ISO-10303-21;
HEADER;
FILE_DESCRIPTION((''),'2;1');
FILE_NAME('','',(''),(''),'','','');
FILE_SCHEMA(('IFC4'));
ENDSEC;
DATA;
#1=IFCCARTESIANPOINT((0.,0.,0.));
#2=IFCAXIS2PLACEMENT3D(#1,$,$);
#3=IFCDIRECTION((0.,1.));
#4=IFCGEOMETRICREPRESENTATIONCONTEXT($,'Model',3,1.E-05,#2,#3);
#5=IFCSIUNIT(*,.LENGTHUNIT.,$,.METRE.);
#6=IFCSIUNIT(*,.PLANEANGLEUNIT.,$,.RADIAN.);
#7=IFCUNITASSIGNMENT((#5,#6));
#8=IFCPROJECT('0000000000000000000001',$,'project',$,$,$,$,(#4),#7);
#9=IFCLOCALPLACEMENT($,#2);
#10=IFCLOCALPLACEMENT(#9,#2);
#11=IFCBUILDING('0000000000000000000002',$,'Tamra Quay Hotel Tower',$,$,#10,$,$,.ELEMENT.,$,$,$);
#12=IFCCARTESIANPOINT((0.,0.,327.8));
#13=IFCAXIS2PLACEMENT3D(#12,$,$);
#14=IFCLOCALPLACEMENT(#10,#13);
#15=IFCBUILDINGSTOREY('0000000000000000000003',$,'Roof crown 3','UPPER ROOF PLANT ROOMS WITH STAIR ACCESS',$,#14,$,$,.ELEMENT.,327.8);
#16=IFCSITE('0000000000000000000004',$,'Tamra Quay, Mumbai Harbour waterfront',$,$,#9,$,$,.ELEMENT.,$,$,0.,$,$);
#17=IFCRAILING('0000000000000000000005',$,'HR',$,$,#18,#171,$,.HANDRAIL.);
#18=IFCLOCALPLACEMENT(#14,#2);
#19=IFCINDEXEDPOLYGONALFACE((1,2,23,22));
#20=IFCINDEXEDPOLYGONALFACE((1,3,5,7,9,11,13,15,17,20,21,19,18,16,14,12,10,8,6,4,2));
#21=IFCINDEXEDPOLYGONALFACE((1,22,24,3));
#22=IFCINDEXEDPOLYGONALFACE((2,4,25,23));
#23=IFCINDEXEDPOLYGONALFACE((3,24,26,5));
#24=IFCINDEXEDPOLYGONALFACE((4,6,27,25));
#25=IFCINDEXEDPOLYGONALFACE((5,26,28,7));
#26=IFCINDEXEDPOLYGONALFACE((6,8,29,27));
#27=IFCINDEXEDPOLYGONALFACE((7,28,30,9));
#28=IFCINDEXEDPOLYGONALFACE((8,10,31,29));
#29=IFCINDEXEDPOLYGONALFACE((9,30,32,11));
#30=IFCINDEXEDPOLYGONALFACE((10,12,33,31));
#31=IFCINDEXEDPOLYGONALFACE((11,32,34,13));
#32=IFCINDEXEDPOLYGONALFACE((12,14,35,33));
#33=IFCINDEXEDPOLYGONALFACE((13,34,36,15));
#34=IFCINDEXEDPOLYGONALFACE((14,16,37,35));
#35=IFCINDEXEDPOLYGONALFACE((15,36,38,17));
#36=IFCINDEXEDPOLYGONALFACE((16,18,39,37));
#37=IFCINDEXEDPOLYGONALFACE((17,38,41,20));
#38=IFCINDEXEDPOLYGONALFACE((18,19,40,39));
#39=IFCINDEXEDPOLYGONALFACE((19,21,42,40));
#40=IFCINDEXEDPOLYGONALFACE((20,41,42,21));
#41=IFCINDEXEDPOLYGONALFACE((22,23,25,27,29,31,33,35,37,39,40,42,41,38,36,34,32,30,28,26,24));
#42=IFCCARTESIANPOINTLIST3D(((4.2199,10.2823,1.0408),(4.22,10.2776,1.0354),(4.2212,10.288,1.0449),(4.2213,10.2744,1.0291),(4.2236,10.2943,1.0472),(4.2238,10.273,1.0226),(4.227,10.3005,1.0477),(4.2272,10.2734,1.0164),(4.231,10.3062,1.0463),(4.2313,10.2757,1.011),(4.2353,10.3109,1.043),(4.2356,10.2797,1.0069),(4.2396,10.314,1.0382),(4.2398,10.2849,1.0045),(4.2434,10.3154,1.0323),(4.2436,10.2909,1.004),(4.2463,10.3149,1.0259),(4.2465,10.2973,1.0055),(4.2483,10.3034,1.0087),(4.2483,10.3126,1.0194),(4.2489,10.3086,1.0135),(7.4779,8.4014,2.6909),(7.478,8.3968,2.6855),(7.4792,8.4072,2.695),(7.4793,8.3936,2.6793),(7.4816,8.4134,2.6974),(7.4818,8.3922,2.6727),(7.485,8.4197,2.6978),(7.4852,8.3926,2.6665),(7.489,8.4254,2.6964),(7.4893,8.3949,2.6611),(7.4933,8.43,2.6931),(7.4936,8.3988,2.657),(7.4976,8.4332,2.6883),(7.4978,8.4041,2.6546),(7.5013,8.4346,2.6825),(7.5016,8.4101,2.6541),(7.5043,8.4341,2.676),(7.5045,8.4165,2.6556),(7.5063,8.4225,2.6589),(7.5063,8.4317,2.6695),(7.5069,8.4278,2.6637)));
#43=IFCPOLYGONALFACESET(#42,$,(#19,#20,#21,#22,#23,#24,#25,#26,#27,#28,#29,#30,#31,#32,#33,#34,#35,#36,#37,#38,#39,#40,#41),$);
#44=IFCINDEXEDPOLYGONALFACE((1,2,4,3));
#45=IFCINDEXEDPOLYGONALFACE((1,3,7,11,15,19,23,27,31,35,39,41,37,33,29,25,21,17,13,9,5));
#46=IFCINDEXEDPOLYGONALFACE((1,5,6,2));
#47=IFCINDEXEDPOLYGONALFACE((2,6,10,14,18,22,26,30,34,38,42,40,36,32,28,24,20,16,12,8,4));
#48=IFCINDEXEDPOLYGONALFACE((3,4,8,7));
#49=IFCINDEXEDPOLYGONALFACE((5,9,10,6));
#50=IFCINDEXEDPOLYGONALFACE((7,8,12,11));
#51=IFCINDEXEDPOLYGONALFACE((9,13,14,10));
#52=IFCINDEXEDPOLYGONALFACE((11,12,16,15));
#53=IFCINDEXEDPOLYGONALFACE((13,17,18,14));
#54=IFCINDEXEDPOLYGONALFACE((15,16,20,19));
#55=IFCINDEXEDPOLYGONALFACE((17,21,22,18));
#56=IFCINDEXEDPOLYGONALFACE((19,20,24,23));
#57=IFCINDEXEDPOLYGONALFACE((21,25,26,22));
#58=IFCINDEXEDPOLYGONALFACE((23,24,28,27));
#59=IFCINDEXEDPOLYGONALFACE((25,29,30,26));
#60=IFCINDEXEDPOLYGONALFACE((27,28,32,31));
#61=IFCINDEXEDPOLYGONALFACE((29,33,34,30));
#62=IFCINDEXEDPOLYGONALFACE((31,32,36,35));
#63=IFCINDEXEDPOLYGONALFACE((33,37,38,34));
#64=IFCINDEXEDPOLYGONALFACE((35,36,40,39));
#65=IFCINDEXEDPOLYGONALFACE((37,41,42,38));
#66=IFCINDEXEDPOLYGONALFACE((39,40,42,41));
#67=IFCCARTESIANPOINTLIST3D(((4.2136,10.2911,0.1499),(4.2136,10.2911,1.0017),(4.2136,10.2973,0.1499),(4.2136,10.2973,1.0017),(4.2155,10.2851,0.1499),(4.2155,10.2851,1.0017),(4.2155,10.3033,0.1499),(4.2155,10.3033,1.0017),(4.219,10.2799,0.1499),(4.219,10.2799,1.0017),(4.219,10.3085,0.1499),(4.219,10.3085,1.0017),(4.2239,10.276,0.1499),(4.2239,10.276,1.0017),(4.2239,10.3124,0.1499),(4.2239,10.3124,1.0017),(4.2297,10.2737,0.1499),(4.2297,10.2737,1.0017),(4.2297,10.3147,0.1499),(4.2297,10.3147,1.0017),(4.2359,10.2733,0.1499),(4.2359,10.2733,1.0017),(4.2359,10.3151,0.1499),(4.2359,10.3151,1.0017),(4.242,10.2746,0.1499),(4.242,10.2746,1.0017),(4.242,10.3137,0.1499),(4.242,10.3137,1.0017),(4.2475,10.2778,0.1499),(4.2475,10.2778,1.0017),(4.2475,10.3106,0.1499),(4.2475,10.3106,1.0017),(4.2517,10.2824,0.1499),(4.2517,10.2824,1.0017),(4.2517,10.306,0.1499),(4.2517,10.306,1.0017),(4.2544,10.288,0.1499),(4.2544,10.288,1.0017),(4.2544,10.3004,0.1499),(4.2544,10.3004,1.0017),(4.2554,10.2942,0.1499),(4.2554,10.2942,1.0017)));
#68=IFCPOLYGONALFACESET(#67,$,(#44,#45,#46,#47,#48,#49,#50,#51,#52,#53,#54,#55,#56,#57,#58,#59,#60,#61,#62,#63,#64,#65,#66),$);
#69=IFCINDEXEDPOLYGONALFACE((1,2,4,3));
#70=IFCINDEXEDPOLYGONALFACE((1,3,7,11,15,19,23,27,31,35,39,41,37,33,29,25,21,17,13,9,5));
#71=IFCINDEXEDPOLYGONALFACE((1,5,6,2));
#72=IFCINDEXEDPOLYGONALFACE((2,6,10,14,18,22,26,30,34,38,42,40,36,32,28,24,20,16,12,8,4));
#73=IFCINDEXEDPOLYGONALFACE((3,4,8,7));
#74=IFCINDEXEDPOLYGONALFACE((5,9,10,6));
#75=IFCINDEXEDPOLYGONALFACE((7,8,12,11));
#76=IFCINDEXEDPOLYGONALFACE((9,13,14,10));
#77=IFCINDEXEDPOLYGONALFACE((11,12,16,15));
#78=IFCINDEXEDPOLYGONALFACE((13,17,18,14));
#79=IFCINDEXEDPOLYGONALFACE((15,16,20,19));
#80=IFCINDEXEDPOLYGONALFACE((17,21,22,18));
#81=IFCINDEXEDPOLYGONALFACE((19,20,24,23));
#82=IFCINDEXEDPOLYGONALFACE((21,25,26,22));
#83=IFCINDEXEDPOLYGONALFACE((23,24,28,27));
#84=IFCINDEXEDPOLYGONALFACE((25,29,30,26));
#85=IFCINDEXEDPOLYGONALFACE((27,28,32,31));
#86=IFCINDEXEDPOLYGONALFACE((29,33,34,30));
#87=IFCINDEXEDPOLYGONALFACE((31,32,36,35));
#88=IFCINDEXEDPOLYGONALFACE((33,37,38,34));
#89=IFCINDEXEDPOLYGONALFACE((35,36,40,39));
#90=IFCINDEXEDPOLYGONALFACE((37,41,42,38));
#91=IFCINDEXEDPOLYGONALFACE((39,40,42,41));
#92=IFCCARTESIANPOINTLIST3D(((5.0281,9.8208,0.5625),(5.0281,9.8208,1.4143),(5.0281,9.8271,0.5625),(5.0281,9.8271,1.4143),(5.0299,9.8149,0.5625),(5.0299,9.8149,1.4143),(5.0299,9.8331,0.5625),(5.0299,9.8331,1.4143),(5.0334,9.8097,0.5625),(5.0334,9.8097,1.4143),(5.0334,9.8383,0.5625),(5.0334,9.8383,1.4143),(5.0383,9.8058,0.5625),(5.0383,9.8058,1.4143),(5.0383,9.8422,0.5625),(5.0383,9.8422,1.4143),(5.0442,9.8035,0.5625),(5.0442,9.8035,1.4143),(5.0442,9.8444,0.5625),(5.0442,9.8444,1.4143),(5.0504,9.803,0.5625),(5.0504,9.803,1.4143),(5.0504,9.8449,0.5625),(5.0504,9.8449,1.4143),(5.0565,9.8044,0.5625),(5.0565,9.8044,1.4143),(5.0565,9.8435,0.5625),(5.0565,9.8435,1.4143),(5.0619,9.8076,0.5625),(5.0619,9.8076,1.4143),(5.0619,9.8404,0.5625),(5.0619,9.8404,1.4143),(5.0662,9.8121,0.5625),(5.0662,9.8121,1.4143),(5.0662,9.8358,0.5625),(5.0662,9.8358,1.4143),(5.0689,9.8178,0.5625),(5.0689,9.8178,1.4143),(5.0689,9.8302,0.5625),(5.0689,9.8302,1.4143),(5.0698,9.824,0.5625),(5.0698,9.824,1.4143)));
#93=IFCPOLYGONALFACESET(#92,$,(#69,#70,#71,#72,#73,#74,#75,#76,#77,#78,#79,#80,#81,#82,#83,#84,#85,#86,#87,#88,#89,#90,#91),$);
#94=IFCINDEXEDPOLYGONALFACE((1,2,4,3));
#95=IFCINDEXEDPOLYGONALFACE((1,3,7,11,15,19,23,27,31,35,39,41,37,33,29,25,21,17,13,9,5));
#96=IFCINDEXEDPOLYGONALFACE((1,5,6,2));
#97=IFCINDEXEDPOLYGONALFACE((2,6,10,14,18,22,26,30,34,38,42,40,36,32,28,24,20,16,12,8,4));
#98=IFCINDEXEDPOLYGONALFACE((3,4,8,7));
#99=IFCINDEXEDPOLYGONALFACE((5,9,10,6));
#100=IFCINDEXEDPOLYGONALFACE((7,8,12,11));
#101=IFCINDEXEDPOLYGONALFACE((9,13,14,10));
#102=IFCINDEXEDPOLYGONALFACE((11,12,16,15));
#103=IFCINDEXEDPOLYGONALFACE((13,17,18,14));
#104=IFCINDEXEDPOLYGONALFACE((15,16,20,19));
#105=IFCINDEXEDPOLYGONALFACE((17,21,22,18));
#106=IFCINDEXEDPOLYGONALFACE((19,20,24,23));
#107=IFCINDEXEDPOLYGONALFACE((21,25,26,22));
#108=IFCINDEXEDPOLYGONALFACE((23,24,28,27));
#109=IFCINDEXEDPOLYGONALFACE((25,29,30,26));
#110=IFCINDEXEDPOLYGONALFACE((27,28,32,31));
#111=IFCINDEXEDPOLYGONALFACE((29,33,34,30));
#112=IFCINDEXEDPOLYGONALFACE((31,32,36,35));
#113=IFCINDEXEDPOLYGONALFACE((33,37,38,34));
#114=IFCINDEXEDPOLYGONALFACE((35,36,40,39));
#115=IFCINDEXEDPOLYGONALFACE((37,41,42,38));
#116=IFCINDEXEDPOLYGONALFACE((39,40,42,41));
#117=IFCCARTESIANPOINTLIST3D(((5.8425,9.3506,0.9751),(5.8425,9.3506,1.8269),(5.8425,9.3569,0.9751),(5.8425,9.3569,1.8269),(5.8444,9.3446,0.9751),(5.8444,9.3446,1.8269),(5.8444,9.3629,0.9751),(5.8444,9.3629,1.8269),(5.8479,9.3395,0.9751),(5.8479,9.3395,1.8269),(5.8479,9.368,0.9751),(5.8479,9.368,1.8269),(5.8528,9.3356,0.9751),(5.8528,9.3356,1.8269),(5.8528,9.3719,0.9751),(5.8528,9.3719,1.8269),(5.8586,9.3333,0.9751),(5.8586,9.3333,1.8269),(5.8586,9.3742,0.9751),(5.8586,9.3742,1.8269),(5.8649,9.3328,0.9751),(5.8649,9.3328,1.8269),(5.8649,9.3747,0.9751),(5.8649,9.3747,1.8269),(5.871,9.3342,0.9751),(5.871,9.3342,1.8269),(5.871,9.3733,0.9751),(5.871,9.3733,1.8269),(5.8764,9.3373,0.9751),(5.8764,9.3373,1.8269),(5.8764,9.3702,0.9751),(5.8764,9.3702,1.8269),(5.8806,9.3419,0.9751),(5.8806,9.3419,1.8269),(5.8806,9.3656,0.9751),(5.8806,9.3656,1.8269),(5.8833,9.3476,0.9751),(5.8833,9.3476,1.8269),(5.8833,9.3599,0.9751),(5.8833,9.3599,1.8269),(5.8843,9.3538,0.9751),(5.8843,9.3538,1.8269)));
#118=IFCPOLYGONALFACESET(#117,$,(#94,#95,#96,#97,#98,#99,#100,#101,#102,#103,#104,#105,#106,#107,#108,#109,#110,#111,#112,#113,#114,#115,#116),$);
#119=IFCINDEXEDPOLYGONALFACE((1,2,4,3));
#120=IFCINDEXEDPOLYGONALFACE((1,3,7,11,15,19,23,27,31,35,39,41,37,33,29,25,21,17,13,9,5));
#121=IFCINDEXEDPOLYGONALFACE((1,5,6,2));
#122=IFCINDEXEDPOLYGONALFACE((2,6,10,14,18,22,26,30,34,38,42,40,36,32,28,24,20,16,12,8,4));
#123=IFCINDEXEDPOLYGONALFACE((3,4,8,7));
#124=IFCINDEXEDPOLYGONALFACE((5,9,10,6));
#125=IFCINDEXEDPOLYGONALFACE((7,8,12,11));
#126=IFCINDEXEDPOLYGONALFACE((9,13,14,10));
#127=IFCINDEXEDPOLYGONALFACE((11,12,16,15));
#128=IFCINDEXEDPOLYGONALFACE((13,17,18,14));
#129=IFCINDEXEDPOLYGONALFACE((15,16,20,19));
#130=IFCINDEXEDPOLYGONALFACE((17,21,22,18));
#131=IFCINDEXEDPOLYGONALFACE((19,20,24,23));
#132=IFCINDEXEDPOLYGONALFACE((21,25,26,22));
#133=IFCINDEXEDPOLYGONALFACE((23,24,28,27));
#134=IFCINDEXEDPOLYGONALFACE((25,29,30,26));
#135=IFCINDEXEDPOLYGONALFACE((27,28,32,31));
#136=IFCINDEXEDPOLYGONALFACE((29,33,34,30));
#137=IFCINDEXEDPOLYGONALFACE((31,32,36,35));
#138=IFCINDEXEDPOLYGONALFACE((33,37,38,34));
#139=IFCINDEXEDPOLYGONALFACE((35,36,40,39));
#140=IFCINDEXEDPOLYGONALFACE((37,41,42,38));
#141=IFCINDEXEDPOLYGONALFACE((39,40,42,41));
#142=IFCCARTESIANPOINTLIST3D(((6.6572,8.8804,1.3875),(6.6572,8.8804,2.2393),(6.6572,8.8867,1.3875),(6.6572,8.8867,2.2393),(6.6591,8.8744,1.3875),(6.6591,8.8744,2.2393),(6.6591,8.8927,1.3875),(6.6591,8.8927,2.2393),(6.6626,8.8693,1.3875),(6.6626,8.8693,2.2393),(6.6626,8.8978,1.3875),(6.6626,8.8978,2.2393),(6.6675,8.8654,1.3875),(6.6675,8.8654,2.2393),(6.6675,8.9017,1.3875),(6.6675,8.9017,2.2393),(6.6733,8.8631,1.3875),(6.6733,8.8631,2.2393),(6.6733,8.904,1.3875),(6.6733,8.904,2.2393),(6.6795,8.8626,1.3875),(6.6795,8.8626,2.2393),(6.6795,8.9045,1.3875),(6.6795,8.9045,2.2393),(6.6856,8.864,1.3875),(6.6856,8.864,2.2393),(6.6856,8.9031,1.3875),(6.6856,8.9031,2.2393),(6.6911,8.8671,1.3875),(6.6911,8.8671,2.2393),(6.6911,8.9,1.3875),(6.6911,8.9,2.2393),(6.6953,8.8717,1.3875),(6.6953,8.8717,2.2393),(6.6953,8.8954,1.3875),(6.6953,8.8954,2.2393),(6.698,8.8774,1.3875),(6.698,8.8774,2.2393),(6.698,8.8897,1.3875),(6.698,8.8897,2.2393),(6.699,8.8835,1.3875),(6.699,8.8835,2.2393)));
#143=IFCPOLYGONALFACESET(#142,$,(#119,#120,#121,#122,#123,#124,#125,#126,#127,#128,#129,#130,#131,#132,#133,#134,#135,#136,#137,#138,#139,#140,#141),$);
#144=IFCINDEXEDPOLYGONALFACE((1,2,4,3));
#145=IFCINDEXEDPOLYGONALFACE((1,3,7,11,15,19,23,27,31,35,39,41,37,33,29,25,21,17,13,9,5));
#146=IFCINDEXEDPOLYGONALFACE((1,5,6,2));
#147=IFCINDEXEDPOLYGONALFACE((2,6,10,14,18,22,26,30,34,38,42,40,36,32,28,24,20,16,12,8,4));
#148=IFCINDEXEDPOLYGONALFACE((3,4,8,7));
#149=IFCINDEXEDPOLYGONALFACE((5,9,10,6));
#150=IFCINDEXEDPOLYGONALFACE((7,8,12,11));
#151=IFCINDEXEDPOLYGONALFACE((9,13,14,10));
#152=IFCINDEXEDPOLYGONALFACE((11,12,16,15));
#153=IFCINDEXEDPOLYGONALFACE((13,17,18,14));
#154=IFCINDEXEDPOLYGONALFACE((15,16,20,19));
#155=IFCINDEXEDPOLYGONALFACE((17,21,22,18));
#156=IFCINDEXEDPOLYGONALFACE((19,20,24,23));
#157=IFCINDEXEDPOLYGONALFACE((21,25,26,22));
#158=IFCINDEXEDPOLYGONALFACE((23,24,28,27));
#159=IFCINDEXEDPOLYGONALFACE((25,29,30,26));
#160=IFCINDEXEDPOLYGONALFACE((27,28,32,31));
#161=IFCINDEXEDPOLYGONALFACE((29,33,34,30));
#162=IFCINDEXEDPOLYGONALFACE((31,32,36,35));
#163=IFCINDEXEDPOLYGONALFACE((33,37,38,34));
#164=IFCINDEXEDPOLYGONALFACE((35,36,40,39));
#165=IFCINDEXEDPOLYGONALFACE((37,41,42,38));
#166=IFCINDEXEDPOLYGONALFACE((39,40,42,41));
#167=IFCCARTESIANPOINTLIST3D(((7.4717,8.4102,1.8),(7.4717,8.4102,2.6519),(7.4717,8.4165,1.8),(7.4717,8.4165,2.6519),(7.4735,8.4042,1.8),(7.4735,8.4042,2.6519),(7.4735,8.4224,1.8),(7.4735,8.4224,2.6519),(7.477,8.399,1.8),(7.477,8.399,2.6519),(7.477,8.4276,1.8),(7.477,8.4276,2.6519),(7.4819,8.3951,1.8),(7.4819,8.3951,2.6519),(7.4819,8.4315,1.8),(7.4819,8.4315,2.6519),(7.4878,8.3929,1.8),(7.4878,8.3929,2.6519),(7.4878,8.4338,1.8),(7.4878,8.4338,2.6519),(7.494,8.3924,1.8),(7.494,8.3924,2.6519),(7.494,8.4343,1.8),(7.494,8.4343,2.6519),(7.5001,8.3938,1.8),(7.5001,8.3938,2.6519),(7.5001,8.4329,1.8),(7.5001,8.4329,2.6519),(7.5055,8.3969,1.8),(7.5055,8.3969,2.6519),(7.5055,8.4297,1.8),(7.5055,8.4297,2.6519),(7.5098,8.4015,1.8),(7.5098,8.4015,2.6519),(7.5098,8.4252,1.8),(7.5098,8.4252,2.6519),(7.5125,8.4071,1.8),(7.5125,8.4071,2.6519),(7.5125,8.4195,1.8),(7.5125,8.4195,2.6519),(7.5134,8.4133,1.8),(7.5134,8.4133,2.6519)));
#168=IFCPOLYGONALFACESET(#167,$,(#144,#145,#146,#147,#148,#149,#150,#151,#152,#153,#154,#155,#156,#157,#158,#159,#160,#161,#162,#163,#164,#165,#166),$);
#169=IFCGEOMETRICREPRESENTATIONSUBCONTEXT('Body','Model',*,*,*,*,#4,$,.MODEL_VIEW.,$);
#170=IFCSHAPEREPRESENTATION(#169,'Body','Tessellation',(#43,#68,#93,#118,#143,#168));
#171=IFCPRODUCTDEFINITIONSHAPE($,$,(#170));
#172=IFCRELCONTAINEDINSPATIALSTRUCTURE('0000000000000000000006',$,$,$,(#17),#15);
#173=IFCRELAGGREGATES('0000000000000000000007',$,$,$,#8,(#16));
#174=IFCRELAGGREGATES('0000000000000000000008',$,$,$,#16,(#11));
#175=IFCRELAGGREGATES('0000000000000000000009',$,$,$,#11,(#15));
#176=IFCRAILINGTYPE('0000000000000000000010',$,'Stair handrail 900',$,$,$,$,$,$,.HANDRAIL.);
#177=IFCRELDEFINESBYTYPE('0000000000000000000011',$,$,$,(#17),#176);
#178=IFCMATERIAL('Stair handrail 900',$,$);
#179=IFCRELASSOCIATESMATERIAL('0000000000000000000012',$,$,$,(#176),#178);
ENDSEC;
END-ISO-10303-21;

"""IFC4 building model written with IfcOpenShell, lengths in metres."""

from ifc_helpers import new_model, si_unit, direction, frame, origin, origin_2d, place, context, subcontext, project, spatial, circle, extrude, material, type_object, element, save


model = new_model("IFC4")

# Units and contexts
model_context = context("Model", 3, precision=1e-05, world=origin(), true_north=direction((0.0, 1.0)))
body_context = subcontext(model_context, "Body", "Model", "MODEL_VIEW")
ifc_project = project(units=[si_unit("LENGTHUNIT", "METRE"), si_unit("PLANEANGLEUNIT", "RADIAN")], contexts=[model_context])

# Site, building, storey
site_placement = place(None, origin())
site = spatial("IfcSite", under=ifc_project, at=site_placement, Name="Tamra Quay, Mumbai Harbour waterfront", CompositionType="ELEMENT", RefElevation=0.0)
building_placement = place(site_placement, origin())
building = spatial("IfcBuilding", under=site, at=building_placement, Name="Tamra Quay Hotel Tower", CompositionType="ELEMENT")
storey_placement = place(building_placement, frame((0.0, 0.0, 327.8)))
storey = spatial("IfcBuildingStorey", under=building, at=storey_placement, Name="Roof crown 3", Description="UPPER ROOF PLANT ROOMS WITH STAIR ACCESS", CompositionType="ELEMENT", Elevation=327.8)

# Railing
ifc_material_1 = material(Name="Stair handrail 900")
railing_type_1 = type_object("IfcRailingType", Name="Stair handrail 900", PredefinedType="HANDRAIL", material=ifc_material_1)
railing_1_placement = place(storey_placement, frame((4.2344, 10.2942, 0.1499)))
element("IfcRailing", 1, at=railing_1_placement, inside=storey, type_object=railing_type_1, Name="HR", PredefinedType="HANDRAIL", context=body_context, shape_type="SweptSolid", body=[
    extrude(circle(Radius=0.0239, at=origin_2d()), frame((0.0, 0.0, 0.876), z_axis=(0.793103, -0.457854, 0.401692), x_axis=(0.499964, 0.866046, 0.0)), (0.0, 0.0, 1.0), 4.1079),
    extrude(circle(Radius=0.021, at=origin_2d()), origin(), (0.0, 0.0, 1.0), 0.8518),
    extrude(circle(Radius=0.021, at=origin_2d()), frame((0.8145, -0.4702, 0.4126)), (0.0, 0.0, 1.0), 0.8518),
    extrude(circle(Radius=0.021, at=origin_2d()), frame((1.6289, -0.9404, 0.8252)), (0.0, 0.0, 1.0), 0.8518),
    extrude(circle(Radius=0.021, at=origin_2d()), frame((2.4436, -1.4106, 1.2375)), (0.0, 0.0, 1.0), 0.8518),
    extrude(circle(Radius=0.021, at=origin_2d()), frame((3.2581, -1.8809, 1.6501)), (0.0, 0.0, 1.0), 0.8518),
])

save(model, "model.ifc")
